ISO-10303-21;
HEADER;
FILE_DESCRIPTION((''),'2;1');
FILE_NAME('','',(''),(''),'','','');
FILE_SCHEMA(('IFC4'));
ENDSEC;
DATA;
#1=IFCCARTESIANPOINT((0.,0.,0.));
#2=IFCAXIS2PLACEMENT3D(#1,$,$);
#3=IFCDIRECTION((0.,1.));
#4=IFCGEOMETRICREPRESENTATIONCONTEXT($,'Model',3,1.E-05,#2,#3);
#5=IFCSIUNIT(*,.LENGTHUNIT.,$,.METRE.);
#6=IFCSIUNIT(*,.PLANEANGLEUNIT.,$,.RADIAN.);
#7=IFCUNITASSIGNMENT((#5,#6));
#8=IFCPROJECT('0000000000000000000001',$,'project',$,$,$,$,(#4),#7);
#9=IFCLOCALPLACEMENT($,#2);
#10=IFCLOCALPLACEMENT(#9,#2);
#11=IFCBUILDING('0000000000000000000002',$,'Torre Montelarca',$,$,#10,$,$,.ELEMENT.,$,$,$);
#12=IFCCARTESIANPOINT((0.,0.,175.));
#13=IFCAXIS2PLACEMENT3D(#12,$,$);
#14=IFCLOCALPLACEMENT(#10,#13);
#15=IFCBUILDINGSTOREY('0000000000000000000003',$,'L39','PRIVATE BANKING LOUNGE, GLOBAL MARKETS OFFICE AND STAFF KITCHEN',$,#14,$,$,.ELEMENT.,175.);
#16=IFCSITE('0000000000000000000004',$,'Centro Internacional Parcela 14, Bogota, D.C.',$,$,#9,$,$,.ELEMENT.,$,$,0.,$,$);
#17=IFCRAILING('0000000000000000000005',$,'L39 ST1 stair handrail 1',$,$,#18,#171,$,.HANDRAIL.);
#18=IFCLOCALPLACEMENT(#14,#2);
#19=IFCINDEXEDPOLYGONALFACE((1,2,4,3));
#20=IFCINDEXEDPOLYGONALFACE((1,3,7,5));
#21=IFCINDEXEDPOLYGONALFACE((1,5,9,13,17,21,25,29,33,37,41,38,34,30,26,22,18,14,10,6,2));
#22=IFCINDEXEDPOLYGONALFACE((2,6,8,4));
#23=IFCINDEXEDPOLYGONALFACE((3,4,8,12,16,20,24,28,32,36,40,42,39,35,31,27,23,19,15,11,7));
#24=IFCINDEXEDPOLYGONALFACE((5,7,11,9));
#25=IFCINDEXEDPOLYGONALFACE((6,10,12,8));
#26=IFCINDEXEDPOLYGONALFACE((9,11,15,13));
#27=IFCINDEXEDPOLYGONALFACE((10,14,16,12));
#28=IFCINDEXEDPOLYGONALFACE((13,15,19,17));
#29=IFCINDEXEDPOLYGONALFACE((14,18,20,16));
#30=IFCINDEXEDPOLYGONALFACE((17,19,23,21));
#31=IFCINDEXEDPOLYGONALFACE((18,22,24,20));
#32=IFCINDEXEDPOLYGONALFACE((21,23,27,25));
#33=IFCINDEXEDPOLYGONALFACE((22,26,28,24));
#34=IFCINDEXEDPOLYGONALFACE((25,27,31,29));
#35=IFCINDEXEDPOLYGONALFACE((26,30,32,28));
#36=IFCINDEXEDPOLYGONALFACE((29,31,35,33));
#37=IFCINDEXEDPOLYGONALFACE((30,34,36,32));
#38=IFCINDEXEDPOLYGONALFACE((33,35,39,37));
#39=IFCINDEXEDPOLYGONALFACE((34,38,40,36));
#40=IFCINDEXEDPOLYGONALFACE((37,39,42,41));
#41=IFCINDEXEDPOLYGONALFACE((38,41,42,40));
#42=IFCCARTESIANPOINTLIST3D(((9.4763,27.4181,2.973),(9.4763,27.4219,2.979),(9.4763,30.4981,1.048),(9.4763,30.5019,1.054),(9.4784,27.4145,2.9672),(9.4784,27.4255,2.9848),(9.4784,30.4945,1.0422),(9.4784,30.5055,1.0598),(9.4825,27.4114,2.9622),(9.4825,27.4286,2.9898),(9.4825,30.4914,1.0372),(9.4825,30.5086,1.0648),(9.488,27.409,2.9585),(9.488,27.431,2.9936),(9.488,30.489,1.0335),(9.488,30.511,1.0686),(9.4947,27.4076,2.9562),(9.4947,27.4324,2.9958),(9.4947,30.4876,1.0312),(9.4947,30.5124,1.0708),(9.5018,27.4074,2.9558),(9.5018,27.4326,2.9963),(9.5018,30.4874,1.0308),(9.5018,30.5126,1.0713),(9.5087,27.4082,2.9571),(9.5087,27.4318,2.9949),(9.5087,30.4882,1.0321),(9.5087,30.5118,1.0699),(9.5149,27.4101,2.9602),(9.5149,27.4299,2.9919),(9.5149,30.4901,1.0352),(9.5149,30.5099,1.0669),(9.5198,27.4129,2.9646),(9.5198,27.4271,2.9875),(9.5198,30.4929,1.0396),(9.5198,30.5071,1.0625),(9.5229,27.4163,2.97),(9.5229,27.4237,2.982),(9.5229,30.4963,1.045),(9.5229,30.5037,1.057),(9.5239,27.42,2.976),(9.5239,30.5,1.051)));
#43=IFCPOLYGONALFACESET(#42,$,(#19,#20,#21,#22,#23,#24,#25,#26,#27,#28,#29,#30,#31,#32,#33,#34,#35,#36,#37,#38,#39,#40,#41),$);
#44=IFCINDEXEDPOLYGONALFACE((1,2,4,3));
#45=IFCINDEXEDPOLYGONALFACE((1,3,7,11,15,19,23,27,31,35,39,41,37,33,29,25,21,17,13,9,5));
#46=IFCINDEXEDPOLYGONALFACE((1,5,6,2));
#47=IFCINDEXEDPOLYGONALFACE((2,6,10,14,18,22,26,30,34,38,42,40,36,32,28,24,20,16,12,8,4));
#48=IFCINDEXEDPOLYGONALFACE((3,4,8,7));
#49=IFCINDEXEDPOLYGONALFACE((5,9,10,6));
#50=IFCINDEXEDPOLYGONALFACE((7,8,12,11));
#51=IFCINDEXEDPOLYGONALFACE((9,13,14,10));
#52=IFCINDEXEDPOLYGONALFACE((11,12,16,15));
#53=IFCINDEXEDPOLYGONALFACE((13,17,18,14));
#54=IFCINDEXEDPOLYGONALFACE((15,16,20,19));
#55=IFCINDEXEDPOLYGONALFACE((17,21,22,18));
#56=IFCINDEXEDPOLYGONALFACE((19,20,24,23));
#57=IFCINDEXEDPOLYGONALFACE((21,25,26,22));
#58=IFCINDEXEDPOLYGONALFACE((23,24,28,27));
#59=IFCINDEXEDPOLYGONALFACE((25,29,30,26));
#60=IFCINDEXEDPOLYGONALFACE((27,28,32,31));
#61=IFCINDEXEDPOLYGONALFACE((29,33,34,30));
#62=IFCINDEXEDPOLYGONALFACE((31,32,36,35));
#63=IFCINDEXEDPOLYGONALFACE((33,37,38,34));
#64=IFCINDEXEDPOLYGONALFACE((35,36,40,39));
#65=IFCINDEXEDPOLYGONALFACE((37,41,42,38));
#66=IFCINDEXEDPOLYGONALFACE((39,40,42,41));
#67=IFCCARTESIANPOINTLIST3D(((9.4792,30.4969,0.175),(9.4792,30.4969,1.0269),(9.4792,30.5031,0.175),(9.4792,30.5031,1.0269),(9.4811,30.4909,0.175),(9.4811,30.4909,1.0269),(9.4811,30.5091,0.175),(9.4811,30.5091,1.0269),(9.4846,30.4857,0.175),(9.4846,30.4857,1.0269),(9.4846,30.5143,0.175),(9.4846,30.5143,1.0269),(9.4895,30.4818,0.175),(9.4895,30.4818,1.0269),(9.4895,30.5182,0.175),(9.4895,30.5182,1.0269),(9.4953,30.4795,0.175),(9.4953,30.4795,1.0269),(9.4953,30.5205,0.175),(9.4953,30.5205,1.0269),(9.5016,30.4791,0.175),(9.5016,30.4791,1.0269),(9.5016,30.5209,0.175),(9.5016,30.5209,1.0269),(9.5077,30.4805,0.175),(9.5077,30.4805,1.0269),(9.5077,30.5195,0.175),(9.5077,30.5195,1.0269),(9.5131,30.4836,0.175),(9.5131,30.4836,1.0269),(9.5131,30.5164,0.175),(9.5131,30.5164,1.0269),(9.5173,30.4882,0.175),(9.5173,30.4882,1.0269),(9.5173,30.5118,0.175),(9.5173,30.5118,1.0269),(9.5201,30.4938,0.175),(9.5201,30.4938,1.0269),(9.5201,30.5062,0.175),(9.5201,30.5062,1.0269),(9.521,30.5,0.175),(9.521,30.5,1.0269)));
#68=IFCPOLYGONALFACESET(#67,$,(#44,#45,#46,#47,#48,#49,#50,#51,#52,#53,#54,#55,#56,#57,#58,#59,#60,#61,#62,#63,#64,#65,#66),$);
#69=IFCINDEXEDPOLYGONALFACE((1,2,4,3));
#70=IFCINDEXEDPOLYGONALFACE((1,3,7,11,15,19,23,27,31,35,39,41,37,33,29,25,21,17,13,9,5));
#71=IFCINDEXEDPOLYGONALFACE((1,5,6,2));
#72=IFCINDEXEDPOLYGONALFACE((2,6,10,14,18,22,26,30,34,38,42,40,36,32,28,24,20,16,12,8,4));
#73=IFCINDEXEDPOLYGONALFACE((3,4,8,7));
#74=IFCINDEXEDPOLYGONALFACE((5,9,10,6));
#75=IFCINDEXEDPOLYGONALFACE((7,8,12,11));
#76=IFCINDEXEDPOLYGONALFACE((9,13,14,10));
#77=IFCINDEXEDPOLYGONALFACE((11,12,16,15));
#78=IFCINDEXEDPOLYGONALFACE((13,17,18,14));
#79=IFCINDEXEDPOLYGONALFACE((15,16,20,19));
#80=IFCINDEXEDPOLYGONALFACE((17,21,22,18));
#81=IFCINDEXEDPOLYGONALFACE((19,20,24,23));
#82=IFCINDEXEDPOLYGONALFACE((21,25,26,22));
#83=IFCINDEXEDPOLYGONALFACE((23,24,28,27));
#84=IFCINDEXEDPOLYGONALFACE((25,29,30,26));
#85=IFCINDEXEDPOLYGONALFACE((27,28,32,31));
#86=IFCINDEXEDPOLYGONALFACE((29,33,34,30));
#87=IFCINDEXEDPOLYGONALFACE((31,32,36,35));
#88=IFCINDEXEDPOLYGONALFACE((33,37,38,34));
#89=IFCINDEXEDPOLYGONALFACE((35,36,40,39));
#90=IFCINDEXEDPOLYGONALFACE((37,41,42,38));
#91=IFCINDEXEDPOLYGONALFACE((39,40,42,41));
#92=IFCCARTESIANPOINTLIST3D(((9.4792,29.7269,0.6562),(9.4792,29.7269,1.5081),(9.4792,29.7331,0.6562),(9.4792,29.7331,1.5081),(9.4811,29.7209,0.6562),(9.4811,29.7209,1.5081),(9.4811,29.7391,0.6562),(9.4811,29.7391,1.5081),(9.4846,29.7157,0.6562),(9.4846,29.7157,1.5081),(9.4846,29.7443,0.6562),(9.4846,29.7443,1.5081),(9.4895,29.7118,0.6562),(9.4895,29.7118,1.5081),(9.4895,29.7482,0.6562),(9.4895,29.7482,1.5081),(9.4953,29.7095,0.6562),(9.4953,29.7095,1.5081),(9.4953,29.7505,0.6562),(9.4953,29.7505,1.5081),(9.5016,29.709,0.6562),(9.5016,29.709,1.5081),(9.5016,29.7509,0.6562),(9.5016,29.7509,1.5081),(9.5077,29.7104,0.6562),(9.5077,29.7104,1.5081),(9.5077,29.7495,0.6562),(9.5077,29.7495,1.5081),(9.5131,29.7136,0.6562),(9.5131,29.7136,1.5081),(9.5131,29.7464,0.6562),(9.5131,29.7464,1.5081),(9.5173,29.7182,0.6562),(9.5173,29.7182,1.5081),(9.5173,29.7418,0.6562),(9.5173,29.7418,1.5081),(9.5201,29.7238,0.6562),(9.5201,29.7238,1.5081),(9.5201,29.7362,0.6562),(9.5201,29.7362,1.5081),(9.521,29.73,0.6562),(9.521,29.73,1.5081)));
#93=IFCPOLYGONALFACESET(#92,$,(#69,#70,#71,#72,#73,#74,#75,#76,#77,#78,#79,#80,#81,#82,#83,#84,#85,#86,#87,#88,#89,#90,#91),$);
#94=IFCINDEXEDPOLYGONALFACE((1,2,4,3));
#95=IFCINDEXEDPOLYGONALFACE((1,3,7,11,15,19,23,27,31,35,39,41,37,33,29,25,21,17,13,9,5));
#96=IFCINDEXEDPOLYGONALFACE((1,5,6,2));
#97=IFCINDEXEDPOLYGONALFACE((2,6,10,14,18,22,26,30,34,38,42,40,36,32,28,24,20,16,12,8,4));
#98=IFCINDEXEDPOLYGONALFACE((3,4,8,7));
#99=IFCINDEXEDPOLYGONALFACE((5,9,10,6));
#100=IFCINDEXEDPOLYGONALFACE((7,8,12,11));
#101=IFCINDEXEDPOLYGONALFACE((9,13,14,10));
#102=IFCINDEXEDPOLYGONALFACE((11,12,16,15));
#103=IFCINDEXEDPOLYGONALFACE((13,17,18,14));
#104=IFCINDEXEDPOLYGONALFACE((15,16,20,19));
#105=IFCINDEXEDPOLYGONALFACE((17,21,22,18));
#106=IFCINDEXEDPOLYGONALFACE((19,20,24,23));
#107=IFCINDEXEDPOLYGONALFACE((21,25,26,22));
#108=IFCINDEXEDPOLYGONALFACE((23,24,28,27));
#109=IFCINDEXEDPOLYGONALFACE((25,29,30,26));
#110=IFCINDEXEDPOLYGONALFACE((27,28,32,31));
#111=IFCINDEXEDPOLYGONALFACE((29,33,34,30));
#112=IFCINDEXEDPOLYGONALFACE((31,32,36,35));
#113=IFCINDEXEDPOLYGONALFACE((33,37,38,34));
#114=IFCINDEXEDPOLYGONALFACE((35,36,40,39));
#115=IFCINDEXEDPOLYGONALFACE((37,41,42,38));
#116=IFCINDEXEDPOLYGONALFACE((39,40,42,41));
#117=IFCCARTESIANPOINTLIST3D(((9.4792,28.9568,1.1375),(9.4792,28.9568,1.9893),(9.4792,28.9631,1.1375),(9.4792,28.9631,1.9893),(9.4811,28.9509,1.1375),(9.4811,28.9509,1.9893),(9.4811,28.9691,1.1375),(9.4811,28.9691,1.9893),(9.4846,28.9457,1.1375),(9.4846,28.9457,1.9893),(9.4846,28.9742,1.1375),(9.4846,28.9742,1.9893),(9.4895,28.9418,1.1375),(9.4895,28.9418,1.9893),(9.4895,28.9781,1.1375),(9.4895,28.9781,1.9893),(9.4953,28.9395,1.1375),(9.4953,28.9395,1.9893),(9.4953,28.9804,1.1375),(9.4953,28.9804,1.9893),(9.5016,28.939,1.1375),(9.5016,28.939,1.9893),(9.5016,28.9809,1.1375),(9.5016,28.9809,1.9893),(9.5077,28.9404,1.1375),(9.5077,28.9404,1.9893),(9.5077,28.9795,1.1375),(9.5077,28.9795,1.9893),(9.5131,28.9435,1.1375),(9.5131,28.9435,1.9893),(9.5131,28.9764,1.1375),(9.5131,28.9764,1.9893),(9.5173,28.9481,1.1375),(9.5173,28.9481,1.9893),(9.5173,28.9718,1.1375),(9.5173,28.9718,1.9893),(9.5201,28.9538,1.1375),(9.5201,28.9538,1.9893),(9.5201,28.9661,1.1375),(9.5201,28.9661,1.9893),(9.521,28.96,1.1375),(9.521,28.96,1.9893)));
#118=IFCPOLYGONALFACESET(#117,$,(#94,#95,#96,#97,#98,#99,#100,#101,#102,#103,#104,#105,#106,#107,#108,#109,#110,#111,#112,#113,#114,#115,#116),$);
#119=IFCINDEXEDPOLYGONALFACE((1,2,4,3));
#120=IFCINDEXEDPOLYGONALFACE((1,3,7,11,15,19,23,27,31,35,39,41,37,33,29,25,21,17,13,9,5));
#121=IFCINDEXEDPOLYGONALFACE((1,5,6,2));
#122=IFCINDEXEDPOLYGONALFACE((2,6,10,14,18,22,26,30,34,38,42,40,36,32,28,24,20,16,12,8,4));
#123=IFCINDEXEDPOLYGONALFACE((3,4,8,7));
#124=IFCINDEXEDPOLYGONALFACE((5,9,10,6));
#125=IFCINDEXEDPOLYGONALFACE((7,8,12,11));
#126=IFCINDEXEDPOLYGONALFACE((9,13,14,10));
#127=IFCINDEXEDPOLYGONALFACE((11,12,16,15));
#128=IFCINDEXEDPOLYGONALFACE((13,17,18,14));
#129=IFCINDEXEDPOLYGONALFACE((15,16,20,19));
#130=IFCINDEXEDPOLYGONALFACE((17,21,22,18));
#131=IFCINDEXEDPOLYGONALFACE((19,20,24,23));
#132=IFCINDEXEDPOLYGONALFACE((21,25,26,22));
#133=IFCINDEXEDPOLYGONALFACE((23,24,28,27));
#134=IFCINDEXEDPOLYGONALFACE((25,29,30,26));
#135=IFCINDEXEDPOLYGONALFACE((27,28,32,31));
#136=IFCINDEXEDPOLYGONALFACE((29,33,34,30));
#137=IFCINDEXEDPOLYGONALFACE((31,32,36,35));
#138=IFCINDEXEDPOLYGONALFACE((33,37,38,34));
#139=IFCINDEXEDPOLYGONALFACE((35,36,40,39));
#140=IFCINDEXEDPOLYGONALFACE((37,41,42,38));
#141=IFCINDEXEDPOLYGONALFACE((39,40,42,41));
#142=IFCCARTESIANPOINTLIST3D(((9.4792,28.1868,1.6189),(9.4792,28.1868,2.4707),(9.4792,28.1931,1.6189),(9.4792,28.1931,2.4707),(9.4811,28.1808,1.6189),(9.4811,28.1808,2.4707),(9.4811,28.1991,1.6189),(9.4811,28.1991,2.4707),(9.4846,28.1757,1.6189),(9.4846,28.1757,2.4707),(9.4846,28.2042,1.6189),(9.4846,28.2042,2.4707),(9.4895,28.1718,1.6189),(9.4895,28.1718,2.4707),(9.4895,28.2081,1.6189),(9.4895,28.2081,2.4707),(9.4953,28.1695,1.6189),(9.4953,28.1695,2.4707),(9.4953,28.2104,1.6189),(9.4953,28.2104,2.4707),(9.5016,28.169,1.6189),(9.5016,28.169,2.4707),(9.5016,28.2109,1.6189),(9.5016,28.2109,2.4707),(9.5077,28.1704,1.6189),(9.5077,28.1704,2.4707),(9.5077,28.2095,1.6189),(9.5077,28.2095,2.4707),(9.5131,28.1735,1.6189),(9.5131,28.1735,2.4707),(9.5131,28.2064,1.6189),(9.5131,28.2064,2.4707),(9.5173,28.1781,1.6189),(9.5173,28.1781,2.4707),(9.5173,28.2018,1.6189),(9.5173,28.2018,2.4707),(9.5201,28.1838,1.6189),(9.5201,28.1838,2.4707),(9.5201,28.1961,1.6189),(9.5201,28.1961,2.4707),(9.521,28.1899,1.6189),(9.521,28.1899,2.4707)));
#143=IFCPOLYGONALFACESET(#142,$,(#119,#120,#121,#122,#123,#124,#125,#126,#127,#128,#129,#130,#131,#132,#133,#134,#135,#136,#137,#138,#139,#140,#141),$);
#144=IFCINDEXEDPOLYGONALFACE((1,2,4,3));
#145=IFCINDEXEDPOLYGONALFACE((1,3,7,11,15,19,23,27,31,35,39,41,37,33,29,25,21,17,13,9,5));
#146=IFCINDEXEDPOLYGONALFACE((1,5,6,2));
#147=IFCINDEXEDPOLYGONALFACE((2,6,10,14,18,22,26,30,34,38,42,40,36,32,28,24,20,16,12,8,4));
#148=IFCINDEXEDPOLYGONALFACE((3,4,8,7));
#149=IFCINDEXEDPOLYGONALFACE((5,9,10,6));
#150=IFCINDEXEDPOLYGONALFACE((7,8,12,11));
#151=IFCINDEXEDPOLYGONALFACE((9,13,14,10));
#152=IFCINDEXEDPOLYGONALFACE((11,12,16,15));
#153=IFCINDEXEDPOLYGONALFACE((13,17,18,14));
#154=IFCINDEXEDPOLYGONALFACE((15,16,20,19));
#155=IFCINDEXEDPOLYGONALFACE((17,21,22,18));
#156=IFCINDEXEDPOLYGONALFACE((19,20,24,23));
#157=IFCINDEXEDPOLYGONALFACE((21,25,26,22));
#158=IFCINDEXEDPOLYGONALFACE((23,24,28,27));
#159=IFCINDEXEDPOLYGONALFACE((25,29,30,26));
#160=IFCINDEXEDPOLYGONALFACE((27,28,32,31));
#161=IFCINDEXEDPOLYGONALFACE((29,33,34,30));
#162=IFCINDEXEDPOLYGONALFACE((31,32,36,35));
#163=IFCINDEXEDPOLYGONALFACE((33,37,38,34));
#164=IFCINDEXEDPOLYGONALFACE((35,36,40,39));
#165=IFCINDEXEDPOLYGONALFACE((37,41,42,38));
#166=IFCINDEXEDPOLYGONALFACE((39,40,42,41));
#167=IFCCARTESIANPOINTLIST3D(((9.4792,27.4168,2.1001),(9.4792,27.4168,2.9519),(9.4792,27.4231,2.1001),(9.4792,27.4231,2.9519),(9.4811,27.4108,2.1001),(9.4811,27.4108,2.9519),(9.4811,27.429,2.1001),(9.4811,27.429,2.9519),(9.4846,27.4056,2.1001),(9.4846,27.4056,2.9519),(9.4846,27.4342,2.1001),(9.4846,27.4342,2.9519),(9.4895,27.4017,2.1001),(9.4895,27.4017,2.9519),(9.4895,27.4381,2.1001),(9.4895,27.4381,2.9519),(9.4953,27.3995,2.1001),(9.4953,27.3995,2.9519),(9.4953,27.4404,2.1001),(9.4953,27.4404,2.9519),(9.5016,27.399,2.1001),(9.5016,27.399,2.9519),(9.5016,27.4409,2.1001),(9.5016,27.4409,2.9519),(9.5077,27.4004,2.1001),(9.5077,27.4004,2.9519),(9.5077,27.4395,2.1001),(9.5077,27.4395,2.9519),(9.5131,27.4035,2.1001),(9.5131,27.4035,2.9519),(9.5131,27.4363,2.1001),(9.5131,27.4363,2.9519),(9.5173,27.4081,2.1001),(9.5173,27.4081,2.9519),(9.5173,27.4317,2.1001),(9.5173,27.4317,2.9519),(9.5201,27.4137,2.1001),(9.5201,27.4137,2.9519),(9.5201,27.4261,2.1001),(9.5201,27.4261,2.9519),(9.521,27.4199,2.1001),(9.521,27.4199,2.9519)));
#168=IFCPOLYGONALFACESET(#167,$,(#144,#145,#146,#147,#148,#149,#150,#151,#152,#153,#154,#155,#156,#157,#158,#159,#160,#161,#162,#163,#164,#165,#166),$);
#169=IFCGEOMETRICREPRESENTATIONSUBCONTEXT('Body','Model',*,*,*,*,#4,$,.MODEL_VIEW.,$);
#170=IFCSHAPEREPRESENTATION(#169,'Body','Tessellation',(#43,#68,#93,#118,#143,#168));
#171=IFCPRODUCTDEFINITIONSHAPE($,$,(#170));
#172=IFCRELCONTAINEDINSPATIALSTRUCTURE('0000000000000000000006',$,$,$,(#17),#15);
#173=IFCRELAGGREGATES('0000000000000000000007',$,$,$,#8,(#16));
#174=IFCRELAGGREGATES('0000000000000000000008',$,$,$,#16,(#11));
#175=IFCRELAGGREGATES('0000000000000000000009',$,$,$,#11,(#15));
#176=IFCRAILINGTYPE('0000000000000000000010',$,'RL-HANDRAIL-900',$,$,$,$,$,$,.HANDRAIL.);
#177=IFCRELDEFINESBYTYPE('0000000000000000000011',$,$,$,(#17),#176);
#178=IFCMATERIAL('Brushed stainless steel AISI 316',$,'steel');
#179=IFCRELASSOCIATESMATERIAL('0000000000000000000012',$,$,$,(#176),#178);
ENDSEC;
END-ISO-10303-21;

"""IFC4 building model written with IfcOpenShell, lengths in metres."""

from ifc_helpers import new_model, si_unit, direction, frame, origin, origin_2d, place, context, subcontext, project, spatial, circle, extrude, material, type_object, element, save


model = new_model("IFC4")

# Units and contexts
model_context = context("Model", 3, precision=1e-05, world=origin(), true_north=direction((0.0, 1.0)))
body_context = subcontext(model_context, "Body", "Model", "MODEL_VIEW")
ifc_project = project(units=[si_unit("LENGTHUNIT", "METRE"), si_unit("PLANEANGLEUNIT", "RADIAN")], contexts=[model_context])

# Site, building, storey
site_placement = place(None, origin())
site = spatial("IfcSite", under=ifc_project, at=site_placement, Name="Centro Internacional Parcela 14, Bogota, D.C.", CompositionType="ELEMENT", RefElevation=0.0)
building_placement = place(site_placement, origin())
building = spatial("IfcBuilding", under=site, at=building_placement, Name="Torre Montelarca", CompositionType="ELEMENT")
storey_placement = place(building_placement, frame((0.0, 0.0, 175.0)))
storey = spatial("IfcBuildingStorey", under=building, at=storey_placement, Name="L39", Description="PRIVATE BANKING LOUNGE, GLOBAL MARKETS OFFICE AND STAFF KITCHEN", CompositionType="ELEMENT", Elevation=175.0)

# Railing
ifc_material_1 = material(Name="Brushed stainless steel AISI 316", Category="steel")
railing_type_1 = type_object("IfcRailingType", Name="RL-HANDRAIL-900", PredefinedType="HANDRAIL", material=ifc_material_1)
railing_1_placement = place(storey_placement, frame((9.5, 30.5, 0.175)))
element("IfcRailing", 1, at=railing_1_placement, inside=storey, type_object=railing_type_1, Name="L39 ST1 stair handrail 1", PredefinedType="HANDRAIL", context=body_context, shape_type="SweptSolid", body=[
    extrude(circle(Radius=0.0239, at=origin_2d()), frame((0.0, 0.0, 0.876), z_axis=(0.0, -0.847998, 0.529999), x_axis=(1.0, 0.0, 0.0)), (0.0, 0.0, 1.0), 3.6321),
    extrude(circle(Radius=0.021, at=origin_2d()), origin(), (0.0, 0.0, 1.0), 0.8518),
    extrude(circle(Radius=0.021, at=origin_2d()), frame((0.0, -0.77, 0.4812)), (0.0, 0.0, 1.0), 0.8518),
    extrude(circle(Radius=0.021, at=origin_2d()), frame((0.0, -1.54, 0.9624)), (0.0, 0.0, 1.0), 0.8518),
    extrude(circle(Radius=0.021, at=origin_2d()), frame((0.0, -2.3101, 1.4438)), (0.0, 0.0, 1.0), 0.8518),
    extrude(circle(Radius=0.021, at=origin_2d()), frame((0.0, -3.0801, 1.925)), (0.0, 0.0, 1.0), 0.8518),
])

save(model, "model.ifc")
